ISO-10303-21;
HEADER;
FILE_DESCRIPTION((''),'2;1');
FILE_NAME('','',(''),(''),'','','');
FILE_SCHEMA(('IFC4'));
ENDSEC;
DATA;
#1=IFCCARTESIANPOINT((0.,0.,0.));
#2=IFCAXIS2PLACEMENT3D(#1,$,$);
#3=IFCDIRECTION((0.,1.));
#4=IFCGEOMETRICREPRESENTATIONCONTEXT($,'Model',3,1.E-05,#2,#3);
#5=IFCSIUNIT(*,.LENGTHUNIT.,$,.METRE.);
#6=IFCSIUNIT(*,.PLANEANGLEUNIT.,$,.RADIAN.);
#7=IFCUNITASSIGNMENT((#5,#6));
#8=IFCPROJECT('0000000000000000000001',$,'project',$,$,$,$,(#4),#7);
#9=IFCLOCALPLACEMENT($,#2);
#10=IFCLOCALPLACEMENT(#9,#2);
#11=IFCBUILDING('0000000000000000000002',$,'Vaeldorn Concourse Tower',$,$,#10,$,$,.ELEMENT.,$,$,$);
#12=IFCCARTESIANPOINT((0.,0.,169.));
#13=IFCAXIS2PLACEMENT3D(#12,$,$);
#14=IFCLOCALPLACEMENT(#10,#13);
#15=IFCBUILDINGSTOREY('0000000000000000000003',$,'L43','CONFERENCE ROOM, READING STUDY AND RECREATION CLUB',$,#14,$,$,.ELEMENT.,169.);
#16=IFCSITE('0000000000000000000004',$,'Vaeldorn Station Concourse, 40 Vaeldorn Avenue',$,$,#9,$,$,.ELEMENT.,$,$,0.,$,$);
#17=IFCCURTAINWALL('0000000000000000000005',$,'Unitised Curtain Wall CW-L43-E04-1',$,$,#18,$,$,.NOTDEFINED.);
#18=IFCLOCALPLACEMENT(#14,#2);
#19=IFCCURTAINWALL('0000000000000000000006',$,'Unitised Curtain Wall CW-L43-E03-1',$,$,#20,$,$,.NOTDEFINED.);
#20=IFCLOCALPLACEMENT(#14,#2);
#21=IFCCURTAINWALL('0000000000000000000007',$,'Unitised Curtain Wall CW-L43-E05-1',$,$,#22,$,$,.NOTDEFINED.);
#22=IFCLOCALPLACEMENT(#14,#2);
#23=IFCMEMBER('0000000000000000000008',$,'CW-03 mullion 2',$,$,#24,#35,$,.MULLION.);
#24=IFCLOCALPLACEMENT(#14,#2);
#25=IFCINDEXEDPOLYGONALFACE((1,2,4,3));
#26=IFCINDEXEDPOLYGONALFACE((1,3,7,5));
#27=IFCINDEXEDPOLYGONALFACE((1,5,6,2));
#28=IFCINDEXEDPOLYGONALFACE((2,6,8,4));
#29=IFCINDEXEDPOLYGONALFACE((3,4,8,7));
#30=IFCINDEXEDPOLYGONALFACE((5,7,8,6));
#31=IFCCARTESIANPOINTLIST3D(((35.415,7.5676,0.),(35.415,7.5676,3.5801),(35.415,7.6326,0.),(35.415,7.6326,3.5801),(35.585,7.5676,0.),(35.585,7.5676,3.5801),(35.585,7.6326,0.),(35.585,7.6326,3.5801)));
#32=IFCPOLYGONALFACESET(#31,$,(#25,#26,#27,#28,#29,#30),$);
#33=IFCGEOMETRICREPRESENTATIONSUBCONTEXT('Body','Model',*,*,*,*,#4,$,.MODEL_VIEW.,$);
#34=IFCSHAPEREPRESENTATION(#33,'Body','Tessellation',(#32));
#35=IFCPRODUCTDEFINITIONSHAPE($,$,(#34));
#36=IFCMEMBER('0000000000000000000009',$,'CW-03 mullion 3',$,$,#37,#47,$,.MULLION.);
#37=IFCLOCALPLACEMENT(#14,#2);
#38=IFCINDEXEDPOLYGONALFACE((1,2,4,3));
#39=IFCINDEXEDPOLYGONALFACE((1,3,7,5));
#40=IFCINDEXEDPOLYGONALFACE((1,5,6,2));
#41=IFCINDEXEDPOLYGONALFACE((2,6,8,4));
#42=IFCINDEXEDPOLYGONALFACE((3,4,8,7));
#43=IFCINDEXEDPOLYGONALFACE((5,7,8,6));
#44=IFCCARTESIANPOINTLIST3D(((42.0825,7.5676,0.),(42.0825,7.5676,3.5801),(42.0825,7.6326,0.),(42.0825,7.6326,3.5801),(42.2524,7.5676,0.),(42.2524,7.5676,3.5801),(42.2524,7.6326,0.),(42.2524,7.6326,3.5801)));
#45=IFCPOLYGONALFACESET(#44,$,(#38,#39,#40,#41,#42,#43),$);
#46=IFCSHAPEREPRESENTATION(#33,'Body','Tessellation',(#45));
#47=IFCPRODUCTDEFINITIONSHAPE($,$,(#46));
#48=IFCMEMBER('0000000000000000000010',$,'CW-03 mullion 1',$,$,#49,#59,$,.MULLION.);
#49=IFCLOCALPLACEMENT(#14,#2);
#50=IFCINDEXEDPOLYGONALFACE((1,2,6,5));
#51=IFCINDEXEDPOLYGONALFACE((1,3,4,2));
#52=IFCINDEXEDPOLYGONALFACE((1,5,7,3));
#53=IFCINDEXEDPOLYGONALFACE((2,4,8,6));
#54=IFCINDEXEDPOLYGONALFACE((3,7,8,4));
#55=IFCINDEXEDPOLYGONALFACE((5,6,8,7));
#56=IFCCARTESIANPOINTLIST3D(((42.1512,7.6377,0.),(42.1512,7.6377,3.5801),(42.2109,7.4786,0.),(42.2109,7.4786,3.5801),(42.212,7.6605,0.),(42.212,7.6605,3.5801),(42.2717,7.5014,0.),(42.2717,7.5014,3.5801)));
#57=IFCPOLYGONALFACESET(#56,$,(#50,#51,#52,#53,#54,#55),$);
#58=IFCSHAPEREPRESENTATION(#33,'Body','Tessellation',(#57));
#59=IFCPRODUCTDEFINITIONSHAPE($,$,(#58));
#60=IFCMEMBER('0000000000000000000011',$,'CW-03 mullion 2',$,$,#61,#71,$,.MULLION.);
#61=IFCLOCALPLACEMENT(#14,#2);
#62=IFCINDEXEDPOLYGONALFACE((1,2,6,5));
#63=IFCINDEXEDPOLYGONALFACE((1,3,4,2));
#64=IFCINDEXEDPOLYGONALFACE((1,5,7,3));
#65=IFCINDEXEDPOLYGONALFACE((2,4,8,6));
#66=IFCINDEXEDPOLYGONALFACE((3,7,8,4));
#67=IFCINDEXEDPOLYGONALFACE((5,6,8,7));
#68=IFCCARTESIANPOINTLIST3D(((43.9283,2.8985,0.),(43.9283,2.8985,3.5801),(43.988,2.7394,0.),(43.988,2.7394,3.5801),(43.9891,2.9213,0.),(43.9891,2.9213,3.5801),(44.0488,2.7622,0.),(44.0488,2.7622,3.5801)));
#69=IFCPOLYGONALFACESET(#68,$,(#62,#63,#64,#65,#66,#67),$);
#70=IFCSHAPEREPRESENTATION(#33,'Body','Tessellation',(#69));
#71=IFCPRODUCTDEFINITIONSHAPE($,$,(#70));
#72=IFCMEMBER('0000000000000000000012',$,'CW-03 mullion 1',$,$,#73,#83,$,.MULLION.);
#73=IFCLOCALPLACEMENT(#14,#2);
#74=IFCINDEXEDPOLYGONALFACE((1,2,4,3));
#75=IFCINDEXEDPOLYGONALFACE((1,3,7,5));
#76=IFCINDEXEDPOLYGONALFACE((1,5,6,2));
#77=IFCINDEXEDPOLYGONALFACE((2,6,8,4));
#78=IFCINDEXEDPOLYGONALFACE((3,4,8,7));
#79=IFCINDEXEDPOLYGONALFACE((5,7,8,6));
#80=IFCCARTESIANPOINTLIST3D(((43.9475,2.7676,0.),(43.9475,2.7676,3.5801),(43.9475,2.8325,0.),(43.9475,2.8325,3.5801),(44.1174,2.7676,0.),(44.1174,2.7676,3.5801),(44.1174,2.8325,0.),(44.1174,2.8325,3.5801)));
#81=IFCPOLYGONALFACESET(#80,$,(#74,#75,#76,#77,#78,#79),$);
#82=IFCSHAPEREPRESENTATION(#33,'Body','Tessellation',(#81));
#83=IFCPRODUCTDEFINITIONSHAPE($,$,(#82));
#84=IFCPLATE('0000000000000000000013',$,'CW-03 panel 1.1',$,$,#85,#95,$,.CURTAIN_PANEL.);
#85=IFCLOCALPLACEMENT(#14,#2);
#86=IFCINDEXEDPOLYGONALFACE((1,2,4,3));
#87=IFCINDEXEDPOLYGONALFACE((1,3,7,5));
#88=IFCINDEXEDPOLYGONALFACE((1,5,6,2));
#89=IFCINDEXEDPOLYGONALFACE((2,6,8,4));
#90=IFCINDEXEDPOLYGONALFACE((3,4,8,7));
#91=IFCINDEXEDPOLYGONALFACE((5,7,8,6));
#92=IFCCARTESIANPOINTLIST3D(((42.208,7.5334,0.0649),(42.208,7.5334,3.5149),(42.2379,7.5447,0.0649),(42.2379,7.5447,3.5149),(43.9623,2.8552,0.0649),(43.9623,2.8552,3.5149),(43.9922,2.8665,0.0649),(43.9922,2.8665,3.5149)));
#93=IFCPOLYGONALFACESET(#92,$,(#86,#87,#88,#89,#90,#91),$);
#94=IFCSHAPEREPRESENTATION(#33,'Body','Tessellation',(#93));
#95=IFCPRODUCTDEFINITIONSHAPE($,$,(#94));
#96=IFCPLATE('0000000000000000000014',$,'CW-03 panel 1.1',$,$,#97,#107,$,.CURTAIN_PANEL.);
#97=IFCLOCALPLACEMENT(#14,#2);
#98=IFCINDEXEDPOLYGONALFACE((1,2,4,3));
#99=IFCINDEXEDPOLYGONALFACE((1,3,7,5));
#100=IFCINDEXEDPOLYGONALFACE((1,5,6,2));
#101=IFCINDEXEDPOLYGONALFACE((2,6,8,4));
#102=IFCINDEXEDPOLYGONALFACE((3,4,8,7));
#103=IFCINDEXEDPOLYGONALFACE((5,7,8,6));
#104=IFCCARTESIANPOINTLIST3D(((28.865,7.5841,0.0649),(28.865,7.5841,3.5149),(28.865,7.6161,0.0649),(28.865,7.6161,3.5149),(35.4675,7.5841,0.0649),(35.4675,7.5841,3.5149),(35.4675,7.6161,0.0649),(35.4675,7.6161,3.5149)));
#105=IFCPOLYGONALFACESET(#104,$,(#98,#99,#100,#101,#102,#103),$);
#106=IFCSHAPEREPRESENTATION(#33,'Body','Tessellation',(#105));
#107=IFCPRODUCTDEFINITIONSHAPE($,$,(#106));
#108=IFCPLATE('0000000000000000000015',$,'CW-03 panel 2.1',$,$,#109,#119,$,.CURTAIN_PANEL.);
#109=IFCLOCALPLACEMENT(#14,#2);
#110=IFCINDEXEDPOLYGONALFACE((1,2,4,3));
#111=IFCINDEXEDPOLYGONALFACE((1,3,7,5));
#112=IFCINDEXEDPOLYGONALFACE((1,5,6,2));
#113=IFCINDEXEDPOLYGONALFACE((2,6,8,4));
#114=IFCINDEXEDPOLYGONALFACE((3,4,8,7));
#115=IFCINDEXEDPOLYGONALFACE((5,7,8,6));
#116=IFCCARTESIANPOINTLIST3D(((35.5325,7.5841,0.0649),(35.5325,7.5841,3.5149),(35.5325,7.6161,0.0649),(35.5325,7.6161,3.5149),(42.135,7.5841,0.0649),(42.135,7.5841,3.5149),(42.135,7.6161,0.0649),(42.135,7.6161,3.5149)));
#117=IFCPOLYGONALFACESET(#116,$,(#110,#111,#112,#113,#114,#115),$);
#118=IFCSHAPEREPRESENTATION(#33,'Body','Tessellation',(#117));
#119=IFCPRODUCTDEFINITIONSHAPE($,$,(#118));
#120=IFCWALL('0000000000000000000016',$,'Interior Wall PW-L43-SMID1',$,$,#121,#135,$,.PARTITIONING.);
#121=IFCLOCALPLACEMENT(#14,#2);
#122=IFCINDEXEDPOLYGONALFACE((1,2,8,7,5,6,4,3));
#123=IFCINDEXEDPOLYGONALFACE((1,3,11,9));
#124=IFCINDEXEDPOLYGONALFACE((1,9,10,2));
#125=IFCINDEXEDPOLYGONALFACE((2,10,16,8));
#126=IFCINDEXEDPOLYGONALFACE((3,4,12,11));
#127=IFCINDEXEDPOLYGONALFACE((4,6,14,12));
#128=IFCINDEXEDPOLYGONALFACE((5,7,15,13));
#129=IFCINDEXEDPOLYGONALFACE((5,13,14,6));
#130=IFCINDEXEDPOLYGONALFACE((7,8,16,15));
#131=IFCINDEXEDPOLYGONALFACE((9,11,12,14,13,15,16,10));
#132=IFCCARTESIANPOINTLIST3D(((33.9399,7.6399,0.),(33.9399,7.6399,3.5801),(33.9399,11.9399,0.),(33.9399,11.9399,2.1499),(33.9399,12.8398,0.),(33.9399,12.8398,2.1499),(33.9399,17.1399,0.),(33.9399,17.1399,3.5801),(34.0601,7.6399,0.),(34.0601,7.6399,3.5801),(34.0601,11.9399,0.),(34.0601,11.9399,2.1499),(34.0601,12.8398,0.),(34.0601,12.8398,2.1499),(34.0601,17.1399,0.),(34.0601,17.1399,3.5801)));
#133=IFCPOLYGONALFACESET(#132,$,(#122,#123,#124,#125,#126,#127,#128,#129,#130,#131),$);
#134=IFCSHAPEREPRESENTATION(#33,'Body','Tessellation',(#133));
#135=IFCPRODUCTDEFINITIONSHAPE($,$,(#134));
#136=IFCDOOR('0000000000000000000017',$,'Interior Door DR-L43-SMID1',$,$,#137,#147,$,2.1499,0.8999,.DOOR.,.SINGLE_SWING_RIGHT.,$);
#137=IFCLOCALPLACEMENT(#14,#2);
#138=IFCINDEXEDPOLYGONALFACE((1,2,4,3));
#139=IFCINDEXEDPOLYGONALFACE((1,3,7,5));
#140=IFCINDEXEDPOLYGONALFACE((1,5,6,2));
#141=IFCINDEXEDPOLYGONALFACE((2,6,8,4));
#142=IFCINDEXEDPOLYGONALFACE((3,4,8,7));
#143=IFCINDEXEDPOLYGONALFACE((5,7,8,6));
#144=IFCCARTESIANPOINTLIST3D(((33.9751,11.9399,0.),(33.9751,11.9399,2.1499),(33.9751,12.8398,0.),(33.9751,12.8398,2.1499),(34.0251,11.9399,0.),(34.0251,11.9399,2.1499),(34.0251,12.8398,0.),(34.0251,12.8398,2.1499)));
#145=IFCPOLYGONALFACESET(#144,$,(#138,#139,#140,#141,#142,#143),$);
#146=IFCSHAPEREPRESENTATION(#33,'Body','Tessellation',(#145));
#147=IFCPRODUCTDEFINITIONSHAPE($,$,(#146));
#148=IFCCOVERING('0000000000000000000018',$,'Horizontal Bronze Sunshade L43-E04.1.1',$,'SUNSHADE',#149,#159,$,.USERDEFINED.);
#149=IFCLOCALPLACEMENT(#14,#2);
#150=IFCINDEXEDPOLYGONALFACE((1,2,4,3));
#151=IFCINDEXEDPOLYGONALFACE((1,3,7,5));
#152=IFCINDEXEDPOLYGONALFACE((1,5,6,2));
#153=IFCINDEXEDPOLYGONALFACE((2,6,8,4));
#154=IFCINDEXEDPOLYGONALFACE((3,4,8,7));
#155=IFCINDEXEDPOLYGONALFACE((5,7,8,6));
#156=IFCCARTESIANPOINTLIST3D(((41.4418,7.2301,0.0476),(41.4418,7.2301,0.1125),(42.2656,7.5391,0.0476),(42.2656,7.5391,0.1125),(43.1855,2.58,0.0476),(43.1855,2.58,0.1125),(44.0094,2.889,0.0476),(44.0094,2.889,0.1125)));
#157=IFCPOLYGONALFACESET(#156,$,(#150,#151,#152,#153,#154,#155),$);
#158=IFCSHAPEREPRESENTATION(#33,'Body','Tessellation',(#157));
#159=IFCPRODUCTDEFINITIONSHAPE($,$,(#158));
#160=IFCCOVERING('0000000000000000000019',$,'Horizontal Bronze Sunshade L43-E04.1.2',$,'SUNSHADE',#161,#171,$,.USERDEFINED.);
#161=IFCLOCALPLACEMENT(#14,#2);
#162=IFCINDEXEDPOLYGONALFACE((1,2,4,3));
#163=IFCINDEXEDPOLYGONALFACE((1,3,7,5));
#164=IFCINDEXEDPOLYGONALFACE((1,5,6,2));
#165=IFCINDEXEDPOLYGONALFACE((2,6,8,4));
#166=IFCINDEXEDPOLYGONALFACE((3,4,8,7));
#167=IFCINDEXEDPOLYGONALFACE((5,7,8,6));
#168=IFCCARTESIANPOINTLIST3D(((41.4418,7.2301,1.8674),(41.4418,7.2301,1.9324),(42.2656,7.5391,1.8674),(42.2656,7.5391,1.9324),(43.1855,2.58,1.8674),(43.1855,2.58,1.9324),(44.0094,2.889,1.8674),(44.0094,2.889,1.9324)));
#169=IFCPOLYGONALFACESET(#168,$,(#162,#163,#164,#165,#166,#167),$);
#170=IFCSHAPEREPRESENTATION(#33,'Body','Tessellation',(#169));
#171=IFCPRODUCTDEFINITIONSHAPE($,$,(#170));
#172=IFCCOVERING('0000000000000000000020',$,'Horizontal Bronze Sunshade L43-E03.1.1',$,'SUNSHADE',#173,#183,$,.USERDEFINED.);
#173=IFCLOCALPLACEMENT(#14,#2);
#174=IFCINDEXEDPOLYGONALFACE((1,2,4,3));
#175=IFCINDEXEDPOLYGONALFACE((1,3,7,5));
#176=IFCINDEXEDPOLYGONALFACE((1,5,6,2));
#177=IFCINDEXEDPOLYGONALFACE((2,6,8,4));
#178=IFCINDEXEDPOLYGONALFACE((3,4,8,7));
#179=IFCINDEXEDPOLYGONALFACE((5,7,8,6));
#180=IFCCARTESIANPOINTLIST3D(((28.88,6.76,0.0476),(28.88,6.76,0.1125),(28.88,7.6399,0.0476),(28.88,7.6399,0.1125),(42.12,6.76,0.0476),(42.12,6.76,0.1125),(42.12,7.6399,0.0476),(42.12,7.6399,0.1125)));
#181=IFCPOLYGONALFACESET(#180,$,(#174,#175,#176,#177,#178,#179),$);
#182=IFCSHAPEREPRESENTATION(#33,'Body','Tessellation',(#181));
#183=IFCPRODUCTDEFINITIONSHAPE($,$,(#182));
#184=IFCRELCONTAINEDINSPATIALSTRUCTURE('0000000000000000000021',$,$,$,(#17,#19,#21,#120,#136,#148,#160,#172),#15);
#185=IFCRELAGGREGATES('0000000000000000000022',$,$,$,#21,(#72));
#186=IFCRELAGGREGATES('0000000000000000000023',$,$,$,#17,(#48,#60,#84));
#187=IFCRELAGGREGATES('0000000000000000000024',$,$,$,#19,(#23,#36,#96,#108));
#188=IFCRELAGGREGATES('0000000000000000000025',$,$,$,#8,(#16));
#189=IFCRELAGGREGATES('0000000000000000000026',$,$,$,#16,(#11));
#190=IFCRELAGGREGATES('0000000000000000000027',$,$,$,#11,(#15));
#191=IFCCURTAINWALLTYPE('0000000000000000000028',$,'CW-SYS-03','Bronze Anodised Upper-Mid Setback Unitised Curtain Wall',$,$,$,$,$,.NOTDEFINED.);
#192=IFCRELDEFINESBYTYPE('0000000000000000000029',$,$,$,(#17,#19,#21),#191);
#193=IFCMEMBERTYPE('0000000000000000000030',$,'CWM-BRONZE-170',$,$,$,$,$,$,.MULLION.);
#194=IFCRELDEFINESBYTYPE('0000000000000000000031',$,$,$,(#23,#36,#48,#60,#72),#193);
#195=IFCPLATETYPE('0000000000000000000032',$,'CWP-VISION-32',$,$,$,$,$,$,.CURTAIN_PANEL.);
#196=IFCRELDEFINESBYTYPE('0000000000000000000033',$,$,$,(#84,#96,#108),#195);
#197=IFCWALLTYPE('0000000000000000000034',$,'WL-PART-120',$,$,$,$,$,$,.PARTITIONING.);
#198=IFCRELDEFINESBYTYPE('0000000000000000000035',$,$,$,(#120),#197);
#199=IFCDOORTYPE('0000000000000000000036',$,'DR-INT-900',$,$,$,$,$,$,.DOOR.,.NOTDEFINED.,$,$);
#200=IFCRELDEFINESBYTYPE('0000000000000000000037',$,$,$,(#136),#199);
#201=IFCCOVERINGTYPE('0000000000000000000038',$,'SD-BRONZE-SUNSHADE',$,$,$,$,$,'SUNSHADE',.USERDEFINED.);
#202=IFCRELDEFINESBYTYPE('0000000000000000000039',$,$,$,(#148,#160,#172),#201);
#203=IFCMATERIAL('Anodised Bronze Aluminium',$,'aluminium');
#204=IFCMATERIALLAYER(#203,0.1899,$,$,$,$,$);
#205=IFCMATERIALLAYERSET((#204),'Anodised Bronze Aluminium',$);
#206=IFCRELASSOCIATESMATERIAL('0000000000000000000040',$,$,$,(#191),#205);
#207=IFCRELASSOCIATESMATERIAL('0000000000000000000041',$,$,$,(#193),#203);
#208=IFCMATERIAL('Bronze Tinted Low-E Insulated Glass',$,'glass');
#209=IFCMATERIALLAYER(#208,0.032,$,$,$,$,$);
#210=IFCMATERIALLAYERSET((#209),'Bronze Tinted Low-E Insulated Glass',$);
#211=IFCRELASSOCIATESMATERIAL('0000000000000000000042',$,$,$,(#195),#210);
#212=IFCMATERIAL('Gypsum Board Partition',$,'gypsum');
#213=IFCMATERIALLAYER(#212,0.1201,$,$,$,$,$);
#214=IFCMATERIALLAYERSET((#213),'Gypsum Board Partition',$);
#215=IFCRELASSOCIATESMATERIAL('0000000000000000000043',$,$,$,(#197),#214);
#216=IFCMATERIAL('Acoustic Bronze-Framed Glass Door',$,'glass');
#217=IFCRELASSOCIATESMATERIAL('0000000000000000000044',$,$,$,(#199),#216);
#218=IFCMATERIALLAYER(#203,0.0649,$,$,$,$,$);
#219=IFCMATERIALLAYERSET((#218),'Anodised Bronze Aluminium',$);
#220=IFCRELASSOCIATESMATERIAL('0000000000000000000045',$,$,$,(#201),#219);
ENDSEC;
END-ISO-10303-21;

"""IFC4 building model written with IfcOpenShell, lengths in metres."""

from ifc_helpers import new_model, si_unit, direction, frame, frame_2d, origin, origin_2d, place, context, subcontext, project, spatial, rectangle, extrude, source, transform, mapped, material, layer, layer_set, material_profile, profile_set, type_object, element, fill, aggregate, save


model = new_model("IFC4")

# Units and contexts
model_context = context("Model", 3, precision=1e-05, world=origin(), true_north=direction((0.0, 1.0)))
body_context = subcontext(model_context, "Body", "Model", "MODEL_VIEW")
ifc_project = project(units=[si_unit("LENGTHUNIT", "METRE"), si_unit("PLANEANGLEUNIT", "RADIAN")], contexts=[model_context])

# Site, building, storey
site_placement = place(None, origin())
site = spatial("IfcSite", under=ifc_project, at=site_placement, Name="Vaeldorn Station Concourse, 40 Vaeldorn Avenue", CompositionType="ELEMENT", RefElevation=0.0)
building_placement = place(site_placement, origin())
building = spatial("IfcBuilding", under=site, at=building_placement, Name="Vaeldorn Concourse Tower", CompositionType="ELEMENT")
storey_placement = place(building_placement, frame((0.0, 0.0, 169.0)))
storey = spatial("IfcBuildingStorey", under=building, at=storey_placement, Name="L43", Description="CONFERENCE ROOM, READING STUDY AND RECREATION CLUB", CompositionType="ELEMENT", Elevation=169.0)

# Curtain walls
ifc_material_1 = material(Name="Anodised Bronze Aluminium", Category="aluminium")
ifc_layer_1 = layer(ifc_material_1, 0.1899)
ifc_layer_set_1 = layer_set([ifc_layer_1], Name="Anodised Bronze Aluminium")
curtain_wall_type = type_object("IfcCurtainWallType", Name="CW-SYS-03", Description="Bronze Anodised Upper-Mid Setback Unitised Curtain Wall", PredefinedType="NOTDEFINED", material=ifc_layer_set_1)
curtain_wall_1_placement = place(storey_placement, origin())
curtain_wall_1 = element("IfcCurtainWall", 1, at=curtain_wall_1_placement, inside=storey, type_object=curtain_wall_type, Name="Unitised Curtain Wall CW-L43-E04-1", PredefinedType="NOTDEFINED")
curtain_wall_2_placement = place(storey_placement, origin())
curtain_wall_2 = element("IfcCurtainWall", 2, at=curtain_wall_2_placement, inside=storey, type_object=curtain_wall_type, Name="Unitised Curtain Wall CW-L43-E03-1", PredefinedType="NOTDEFINED")
curtain_wall_3_placement = place(storey_placement, origin())
curtain_wall_3 = element("IfcCurtainWall", 3, at=curtain_wall_3_placement, inside=storey, type_object=curtain_wall_type, Name="Unitised Curtain Wall CW-L43-E05-1", PredefinedType="NOTDEFINED")

# Members
ifc_material_profile_1 = material_profile(ifc_material_1, rectangle(XDim=0.0649, YDim=0.1699, at=origin_2d()), Name="CWM 65x170")
ifc_profile_set_1 = profile_set([ifc_material_profile_1], Name="Anodised Bronze Aluminium")
member_type_1 = type_object("IfcMemberType", Name="CWM-BRONZE-170", PredefinedType="MULLION", material=ifc_profile_set_1)
shared_shape_1 = source(origin(), body_context, "Body", "SweptSolid", [
    extrude(rectangle(XDim=0.0649, YDim=0.1699, at=origin_2d()), origin(), (0.0, 0.0, 1.0), 3.5801),
])
member_1_placement = place(storey_placement, frame((35.5, 7.6001, 0.0), z_axis=(0.0, 0.0, 1.0), x_axis=(0.0, 1.0, 0.0)))
member_1 = element("IfcMember", 4, at=member_1_placement, type_object=member_type_1, Name="CW-03 mullion 2", PredefinedType="MULLION", context=body_context, shape_type="MappedRepresentation", body=[
    mapped(shared_shape_1, transform((0.0, 0.0, 0.0), scale=1.0)),
])
member_2_placement = place(storey_placement, frame((42.1675, 7.6001, 0.0), z_axis=(0.0, 0.0, 1.0), x_axis=(0.0, 1.0, 0.0)))
member_2 = element("IfcMember", 5, at=member_2_placement, type_object=member_type_1, Name="CW-03 mullion 3", PredefinedType="MULLION", context=body_context, shape_type="MappedRepresentation", body=[
    mapped(shared_shape_1, transform((0.0, 0.0, 0.0), scale=1.0)),
])
member_3_placement = place(storey_placement, frame((42.2114, 7.5696, 0.0), z_axis=(0.0, 0.0, 1.0), x_axis=(0.936329, 0.351123, 0.0)))
member_3 = element("IfcMember", 6, at=member_3_placement, type_object=member_type_1, Name="CW-03 mullion 1", PredefinedType="MULLION", context=body_context, shape_type="MappedRepresentation", body=[
    mapped(shared_shape_1, transform((0.0, 0.0, 0.0), scale=1.0)),
])
member_4_placement = place(storey_placement, frame((43.9885, 2.8303, 0.0), z_axis=(0.0, 0.0, 1.0), x_axis=(0.936329, 0.351123, 0.0)))
member_4 = element("IfcMember", 7, at=member_4_placement, type_object=member_type_1, Name="CW-03 mullion 2", PredefinedType="MULLION", context=body_context, shape_type="MappedRepresentation", body=[
    mapped(shared_shape_1, transform((0.0, 0.0, 0.0), scale=1.0)),
])
member_5_placement = place(storey_placement, frame((44.0325, 2.8, 0.0), z_axis=(0.0, 0.0, 1.0), x_axis=(0.0, 1.0, 0.0)))
member_5 = element("IfcMember", 8, at=member_5_placement, type_object=member_type_1, Name="CW-03 mullion 1", PredefinedType="MULLION", context=body_context, shape_type="MappedRepresentation", body=[
    mapped(shared_shape_1, transform((0.0, 0.0, 0.0), scale=1.0)),
])
aggregate(curtain_wall_3, [member_5])

# Plates
ifc_material_2 = material(Name="Bronze Tinted Low-E Insulated Glass", Category="glass")
ifc_layer_2 = layer(ifc_material_2, 0.032)
ifc_layer_set_2 = layer_set([ifc_layer_2], Name="Bronze Tinted Low-E Insulated Glass")
plate_type = type_object("IfcPlateType", Name="CWP-VISION-32", PredefinedType="CURTAIN_PANEL", material=ifc_layer_set_2)
shared_shape_2 = source(origin(), body_context, "Body", "SweptSolid", [
    extrude(rectangle(XDim=4.9963, YDim=0.032, at=origin_2d()), origin(), (0.0, 0.0, 1.0), 3.45),
])
plate_1_placement = place(storey_placement, frame((43.1001, 5.2, 0.0649), z_axis=(0.0, 0.0, 1.0), x_axis=(0.351123, -0.936329, 0.0)))
plate_1 = element("IfcPlate", 9, at=plate_1_placement, type_object=plate_type, Name="CW-03 panel 1.1", PredefinedType="CURTAIN_PANEL", context=body_context, shape_type="MappedRepresentation", body=[
    mapped(shared_shape_2, transform((0.0, 0.0, 0.0), scale=1.0)),
])
aggregate(curtain_wall_1, [member_3, member_4, plate_1])
shared_shape_3 = source(origin(), body_context, "Body", "SweptSolid", [
    extrude(rectangle(XDim=6.6025, YDim=0.032, at=origin_2d()), origin(), (0.0, 0.0, 1.0), 3.45),
])
plate_2_placement = place(storey_placement, frame((32.1663, 7.6001, 0.0649), z_axis=(0.0, 0.0, 1.0), x_axis=(1.0, 0.0, 0.0)))
plate_2 = element("IfcPlate", 10, at=plate_2_placement, type_object=plate_type, Name="CW-03 panel 1.1", PredefinedType="CURTAIN_PANEL", context=body_context, shape_type="MappedRepresentation", body=[
    mapped(shared_shape_3, transform((0.0, 0.0, 0.0), scale=1.0)),
])
plate_3_placement = place(storey_placement, frame((38.8337, 7.6001, 0.0649), z_axis=(0.0, 0.0, 1.0), x_axis=(1.0, 0.0, 0.0)))
plate_3 = element("IfcPlate", 11, at=plate_3_placement, type_object=plate_type, Name="CW-03 panel 2.1", PredefinedType="CURTAIN_PANEL", context=body_context, shape_type="MappedRepresentation", body=[
    mapped(shared_shape_3, transform((0.0, 0.0, 0.0), scale=1.0)),
])
aggregate(curtain_wall_2, [member_1, member_2, plate_2, plate_3])

# Wall, opening, door
ifc_material_3 = material(Name="Gypsum Board Partition", Category="gypsum")
ifc_layer_3 = layer(ifc_material_3, 0.1201)
ifc_layer_set_3 = layer_set([ifc_layer_3], Name="Gypsum Board Partition")
wall_type = type_object("IfcWallType", Name="WL-PART-120", PredefinedType="PARTITIONING", material=ifc_layer_set_3)
wall_placement = place(storey_placement, frame((34.0, 7.6399, 0.0), z_axis=(0.0, 0.0, 1.0), x_axis=(0.0, 1.0, 0.0)))
wall = element("IfcWall", 12, at=wall_placement, inside=storey, type_object=wall_type, Name="Interior Wall PW-L43-SMID1", PredefinedType="PARTITIONING", context=body_context, shape_type="SweptSolid", body=[
    extrude(rectangle(XDim=9.5, YDim=0.1201, at=frame_2d((4.75, 0.0))), origin(), (0.0, 0.0, 1.0), 3.5801),
])
opening_placement = place(wall_placement, frame((4.3, 0.0, 0.0)))
opening = element("IfcOpeningElement", 13, at=opening_placement, cuts=wall, PredefinedType="OPENING", context=body_context, shape_type="SweptSolid", body=[
    extrude(rectangle(XDim=0.8999, YDim=2.1499, at=frame_2d((0.45, 1.075))), frame((0.0, 0.0701, 0.0), z_axis=(0.0, -1.0, 0.0), x_axis=(1.0, 0.0, 0.0)), (0.0, 0.0, 1.0), 0.1401),
])
ifc_material_4 = material(Name="Acoustic Bronze-Framed Glass Door", Category="glass")
door_type = type_object("IfcDoorType", Name="DR-INT-900", OperationType="NOTDEFINED", PredefinedType="DOOR", material=ifc_material_4)
shared_shape_4 = source(origin(), body_context, "Body", "SweptSolid", [
    extrude(rectangle(XDim=0.8999, YDim=2.1499, at=frame_2d((0.45, 1.075))), frame((0.0, 0.0249, 0.0), z_axis=(0.0, -1.0, 0.0), x_axis=(1.0, 0.0, 0.0)), (0.0, 0.0, 1.0), 0.05),
])
door_placement = place(opening_placement, origin())
door = element("IfcDoor", 14, at=door_placement, inside=storey, type_object=door_type, Name="Interior Door DR-L43-SMID1", OperationType="SINGLE_SWING_RIGHT", OverallHeight=2.1499, OverallWidth=0.8999, PredefinedType="DOOR", context=body_context, shape_type="MappedRepresentation", body=[
    mapped(shared_shape_4, transform((0.0, 0.0, 0.0), scale=1.0)),
])
fill(opening, door)

# Coverings
ifc_layer_4 = layer(ifc_material_1, 0.0649)
ifc_layer_set_4 = layer_set([ifc_layer_4], Name="Anodised Bronze Aluminium")
covering_type = type_object("IfcCoveringType", Name="SD-BRONZE-SUNSHADE", ElementType="SUNSHADE", PredefinedType="USERDEFINED", material=ifc_layer_set_4)
shared_shape_5 = source(origin(), body_context, "Body", "SweptSolid", [
    extrude(rectangle(XDim=4.9663, YDim=0.8799, at=origin_2d()), origin(), (0.0, 0.0, 1.0), 0.0649),
])
for number, where, z_axis, x_axis, name in (
    (15, (42.7256, 5.0596, 0.0476), (0.0, 0.0, 1.0), (0.351123, -0.936329, 0.0), "Horizontal Bronze Sunshade L43-E04.1.1"),
    (16, (42.7256, 5.0596, 1.8674), (0.0, 0.0, 1.0), (0.351123, -0.936329, 0.0), "Horizontal Bronze Sunshade L43-E04.1.2"),
):
    element("IfcCovering", number, at=place(storey_placement, frame(where, z_axis=z_axis, x_axis=x_axis)), inside=storey, type_object=covering_type, Name=name, ObjectType="SUNSHADE", PredefinedType="USERDEFINED", context=body_context, shape_type="MappedRepresentation", body=[
        mapped(shared_shape_5, transform((0.0, 0.0, 0.0), scale=1.0)),
    ])
shared_shape_6 = source(origin(), body_context, "Body", "SweptSolid", [
    extrude(rectangle(XDim=13.24, YDim=0.8799, at=origin_2d()), origin(), (0.0, 0.0, 1.0), 0.0649),
])
for number, where, z_axis, x_axis, name in (
    (17, (35.5, 7.2, 0.0476), (0.0, 0.0, 1.0), (1.0, 0.0, 0.0), "Horizontal Bronze Sunshade L43-E03.1.1"),
):
    element("IfcCovering", number, at=place(storey_placement, frame(where, z_axis=z_axis, x_axis=x_axis)), inside=storey, type_object=covering_type, Name=name, ObjectType="SUNSHADE", PredefinedType="USERDEFINED", context=body_context, shape_type="MappedRepresentation", body=[
        mapped(shared_shape_6, transform((0.0, 0.0, 0.0), scale=1.0)),
    ])

save(model, "model.ifc")
